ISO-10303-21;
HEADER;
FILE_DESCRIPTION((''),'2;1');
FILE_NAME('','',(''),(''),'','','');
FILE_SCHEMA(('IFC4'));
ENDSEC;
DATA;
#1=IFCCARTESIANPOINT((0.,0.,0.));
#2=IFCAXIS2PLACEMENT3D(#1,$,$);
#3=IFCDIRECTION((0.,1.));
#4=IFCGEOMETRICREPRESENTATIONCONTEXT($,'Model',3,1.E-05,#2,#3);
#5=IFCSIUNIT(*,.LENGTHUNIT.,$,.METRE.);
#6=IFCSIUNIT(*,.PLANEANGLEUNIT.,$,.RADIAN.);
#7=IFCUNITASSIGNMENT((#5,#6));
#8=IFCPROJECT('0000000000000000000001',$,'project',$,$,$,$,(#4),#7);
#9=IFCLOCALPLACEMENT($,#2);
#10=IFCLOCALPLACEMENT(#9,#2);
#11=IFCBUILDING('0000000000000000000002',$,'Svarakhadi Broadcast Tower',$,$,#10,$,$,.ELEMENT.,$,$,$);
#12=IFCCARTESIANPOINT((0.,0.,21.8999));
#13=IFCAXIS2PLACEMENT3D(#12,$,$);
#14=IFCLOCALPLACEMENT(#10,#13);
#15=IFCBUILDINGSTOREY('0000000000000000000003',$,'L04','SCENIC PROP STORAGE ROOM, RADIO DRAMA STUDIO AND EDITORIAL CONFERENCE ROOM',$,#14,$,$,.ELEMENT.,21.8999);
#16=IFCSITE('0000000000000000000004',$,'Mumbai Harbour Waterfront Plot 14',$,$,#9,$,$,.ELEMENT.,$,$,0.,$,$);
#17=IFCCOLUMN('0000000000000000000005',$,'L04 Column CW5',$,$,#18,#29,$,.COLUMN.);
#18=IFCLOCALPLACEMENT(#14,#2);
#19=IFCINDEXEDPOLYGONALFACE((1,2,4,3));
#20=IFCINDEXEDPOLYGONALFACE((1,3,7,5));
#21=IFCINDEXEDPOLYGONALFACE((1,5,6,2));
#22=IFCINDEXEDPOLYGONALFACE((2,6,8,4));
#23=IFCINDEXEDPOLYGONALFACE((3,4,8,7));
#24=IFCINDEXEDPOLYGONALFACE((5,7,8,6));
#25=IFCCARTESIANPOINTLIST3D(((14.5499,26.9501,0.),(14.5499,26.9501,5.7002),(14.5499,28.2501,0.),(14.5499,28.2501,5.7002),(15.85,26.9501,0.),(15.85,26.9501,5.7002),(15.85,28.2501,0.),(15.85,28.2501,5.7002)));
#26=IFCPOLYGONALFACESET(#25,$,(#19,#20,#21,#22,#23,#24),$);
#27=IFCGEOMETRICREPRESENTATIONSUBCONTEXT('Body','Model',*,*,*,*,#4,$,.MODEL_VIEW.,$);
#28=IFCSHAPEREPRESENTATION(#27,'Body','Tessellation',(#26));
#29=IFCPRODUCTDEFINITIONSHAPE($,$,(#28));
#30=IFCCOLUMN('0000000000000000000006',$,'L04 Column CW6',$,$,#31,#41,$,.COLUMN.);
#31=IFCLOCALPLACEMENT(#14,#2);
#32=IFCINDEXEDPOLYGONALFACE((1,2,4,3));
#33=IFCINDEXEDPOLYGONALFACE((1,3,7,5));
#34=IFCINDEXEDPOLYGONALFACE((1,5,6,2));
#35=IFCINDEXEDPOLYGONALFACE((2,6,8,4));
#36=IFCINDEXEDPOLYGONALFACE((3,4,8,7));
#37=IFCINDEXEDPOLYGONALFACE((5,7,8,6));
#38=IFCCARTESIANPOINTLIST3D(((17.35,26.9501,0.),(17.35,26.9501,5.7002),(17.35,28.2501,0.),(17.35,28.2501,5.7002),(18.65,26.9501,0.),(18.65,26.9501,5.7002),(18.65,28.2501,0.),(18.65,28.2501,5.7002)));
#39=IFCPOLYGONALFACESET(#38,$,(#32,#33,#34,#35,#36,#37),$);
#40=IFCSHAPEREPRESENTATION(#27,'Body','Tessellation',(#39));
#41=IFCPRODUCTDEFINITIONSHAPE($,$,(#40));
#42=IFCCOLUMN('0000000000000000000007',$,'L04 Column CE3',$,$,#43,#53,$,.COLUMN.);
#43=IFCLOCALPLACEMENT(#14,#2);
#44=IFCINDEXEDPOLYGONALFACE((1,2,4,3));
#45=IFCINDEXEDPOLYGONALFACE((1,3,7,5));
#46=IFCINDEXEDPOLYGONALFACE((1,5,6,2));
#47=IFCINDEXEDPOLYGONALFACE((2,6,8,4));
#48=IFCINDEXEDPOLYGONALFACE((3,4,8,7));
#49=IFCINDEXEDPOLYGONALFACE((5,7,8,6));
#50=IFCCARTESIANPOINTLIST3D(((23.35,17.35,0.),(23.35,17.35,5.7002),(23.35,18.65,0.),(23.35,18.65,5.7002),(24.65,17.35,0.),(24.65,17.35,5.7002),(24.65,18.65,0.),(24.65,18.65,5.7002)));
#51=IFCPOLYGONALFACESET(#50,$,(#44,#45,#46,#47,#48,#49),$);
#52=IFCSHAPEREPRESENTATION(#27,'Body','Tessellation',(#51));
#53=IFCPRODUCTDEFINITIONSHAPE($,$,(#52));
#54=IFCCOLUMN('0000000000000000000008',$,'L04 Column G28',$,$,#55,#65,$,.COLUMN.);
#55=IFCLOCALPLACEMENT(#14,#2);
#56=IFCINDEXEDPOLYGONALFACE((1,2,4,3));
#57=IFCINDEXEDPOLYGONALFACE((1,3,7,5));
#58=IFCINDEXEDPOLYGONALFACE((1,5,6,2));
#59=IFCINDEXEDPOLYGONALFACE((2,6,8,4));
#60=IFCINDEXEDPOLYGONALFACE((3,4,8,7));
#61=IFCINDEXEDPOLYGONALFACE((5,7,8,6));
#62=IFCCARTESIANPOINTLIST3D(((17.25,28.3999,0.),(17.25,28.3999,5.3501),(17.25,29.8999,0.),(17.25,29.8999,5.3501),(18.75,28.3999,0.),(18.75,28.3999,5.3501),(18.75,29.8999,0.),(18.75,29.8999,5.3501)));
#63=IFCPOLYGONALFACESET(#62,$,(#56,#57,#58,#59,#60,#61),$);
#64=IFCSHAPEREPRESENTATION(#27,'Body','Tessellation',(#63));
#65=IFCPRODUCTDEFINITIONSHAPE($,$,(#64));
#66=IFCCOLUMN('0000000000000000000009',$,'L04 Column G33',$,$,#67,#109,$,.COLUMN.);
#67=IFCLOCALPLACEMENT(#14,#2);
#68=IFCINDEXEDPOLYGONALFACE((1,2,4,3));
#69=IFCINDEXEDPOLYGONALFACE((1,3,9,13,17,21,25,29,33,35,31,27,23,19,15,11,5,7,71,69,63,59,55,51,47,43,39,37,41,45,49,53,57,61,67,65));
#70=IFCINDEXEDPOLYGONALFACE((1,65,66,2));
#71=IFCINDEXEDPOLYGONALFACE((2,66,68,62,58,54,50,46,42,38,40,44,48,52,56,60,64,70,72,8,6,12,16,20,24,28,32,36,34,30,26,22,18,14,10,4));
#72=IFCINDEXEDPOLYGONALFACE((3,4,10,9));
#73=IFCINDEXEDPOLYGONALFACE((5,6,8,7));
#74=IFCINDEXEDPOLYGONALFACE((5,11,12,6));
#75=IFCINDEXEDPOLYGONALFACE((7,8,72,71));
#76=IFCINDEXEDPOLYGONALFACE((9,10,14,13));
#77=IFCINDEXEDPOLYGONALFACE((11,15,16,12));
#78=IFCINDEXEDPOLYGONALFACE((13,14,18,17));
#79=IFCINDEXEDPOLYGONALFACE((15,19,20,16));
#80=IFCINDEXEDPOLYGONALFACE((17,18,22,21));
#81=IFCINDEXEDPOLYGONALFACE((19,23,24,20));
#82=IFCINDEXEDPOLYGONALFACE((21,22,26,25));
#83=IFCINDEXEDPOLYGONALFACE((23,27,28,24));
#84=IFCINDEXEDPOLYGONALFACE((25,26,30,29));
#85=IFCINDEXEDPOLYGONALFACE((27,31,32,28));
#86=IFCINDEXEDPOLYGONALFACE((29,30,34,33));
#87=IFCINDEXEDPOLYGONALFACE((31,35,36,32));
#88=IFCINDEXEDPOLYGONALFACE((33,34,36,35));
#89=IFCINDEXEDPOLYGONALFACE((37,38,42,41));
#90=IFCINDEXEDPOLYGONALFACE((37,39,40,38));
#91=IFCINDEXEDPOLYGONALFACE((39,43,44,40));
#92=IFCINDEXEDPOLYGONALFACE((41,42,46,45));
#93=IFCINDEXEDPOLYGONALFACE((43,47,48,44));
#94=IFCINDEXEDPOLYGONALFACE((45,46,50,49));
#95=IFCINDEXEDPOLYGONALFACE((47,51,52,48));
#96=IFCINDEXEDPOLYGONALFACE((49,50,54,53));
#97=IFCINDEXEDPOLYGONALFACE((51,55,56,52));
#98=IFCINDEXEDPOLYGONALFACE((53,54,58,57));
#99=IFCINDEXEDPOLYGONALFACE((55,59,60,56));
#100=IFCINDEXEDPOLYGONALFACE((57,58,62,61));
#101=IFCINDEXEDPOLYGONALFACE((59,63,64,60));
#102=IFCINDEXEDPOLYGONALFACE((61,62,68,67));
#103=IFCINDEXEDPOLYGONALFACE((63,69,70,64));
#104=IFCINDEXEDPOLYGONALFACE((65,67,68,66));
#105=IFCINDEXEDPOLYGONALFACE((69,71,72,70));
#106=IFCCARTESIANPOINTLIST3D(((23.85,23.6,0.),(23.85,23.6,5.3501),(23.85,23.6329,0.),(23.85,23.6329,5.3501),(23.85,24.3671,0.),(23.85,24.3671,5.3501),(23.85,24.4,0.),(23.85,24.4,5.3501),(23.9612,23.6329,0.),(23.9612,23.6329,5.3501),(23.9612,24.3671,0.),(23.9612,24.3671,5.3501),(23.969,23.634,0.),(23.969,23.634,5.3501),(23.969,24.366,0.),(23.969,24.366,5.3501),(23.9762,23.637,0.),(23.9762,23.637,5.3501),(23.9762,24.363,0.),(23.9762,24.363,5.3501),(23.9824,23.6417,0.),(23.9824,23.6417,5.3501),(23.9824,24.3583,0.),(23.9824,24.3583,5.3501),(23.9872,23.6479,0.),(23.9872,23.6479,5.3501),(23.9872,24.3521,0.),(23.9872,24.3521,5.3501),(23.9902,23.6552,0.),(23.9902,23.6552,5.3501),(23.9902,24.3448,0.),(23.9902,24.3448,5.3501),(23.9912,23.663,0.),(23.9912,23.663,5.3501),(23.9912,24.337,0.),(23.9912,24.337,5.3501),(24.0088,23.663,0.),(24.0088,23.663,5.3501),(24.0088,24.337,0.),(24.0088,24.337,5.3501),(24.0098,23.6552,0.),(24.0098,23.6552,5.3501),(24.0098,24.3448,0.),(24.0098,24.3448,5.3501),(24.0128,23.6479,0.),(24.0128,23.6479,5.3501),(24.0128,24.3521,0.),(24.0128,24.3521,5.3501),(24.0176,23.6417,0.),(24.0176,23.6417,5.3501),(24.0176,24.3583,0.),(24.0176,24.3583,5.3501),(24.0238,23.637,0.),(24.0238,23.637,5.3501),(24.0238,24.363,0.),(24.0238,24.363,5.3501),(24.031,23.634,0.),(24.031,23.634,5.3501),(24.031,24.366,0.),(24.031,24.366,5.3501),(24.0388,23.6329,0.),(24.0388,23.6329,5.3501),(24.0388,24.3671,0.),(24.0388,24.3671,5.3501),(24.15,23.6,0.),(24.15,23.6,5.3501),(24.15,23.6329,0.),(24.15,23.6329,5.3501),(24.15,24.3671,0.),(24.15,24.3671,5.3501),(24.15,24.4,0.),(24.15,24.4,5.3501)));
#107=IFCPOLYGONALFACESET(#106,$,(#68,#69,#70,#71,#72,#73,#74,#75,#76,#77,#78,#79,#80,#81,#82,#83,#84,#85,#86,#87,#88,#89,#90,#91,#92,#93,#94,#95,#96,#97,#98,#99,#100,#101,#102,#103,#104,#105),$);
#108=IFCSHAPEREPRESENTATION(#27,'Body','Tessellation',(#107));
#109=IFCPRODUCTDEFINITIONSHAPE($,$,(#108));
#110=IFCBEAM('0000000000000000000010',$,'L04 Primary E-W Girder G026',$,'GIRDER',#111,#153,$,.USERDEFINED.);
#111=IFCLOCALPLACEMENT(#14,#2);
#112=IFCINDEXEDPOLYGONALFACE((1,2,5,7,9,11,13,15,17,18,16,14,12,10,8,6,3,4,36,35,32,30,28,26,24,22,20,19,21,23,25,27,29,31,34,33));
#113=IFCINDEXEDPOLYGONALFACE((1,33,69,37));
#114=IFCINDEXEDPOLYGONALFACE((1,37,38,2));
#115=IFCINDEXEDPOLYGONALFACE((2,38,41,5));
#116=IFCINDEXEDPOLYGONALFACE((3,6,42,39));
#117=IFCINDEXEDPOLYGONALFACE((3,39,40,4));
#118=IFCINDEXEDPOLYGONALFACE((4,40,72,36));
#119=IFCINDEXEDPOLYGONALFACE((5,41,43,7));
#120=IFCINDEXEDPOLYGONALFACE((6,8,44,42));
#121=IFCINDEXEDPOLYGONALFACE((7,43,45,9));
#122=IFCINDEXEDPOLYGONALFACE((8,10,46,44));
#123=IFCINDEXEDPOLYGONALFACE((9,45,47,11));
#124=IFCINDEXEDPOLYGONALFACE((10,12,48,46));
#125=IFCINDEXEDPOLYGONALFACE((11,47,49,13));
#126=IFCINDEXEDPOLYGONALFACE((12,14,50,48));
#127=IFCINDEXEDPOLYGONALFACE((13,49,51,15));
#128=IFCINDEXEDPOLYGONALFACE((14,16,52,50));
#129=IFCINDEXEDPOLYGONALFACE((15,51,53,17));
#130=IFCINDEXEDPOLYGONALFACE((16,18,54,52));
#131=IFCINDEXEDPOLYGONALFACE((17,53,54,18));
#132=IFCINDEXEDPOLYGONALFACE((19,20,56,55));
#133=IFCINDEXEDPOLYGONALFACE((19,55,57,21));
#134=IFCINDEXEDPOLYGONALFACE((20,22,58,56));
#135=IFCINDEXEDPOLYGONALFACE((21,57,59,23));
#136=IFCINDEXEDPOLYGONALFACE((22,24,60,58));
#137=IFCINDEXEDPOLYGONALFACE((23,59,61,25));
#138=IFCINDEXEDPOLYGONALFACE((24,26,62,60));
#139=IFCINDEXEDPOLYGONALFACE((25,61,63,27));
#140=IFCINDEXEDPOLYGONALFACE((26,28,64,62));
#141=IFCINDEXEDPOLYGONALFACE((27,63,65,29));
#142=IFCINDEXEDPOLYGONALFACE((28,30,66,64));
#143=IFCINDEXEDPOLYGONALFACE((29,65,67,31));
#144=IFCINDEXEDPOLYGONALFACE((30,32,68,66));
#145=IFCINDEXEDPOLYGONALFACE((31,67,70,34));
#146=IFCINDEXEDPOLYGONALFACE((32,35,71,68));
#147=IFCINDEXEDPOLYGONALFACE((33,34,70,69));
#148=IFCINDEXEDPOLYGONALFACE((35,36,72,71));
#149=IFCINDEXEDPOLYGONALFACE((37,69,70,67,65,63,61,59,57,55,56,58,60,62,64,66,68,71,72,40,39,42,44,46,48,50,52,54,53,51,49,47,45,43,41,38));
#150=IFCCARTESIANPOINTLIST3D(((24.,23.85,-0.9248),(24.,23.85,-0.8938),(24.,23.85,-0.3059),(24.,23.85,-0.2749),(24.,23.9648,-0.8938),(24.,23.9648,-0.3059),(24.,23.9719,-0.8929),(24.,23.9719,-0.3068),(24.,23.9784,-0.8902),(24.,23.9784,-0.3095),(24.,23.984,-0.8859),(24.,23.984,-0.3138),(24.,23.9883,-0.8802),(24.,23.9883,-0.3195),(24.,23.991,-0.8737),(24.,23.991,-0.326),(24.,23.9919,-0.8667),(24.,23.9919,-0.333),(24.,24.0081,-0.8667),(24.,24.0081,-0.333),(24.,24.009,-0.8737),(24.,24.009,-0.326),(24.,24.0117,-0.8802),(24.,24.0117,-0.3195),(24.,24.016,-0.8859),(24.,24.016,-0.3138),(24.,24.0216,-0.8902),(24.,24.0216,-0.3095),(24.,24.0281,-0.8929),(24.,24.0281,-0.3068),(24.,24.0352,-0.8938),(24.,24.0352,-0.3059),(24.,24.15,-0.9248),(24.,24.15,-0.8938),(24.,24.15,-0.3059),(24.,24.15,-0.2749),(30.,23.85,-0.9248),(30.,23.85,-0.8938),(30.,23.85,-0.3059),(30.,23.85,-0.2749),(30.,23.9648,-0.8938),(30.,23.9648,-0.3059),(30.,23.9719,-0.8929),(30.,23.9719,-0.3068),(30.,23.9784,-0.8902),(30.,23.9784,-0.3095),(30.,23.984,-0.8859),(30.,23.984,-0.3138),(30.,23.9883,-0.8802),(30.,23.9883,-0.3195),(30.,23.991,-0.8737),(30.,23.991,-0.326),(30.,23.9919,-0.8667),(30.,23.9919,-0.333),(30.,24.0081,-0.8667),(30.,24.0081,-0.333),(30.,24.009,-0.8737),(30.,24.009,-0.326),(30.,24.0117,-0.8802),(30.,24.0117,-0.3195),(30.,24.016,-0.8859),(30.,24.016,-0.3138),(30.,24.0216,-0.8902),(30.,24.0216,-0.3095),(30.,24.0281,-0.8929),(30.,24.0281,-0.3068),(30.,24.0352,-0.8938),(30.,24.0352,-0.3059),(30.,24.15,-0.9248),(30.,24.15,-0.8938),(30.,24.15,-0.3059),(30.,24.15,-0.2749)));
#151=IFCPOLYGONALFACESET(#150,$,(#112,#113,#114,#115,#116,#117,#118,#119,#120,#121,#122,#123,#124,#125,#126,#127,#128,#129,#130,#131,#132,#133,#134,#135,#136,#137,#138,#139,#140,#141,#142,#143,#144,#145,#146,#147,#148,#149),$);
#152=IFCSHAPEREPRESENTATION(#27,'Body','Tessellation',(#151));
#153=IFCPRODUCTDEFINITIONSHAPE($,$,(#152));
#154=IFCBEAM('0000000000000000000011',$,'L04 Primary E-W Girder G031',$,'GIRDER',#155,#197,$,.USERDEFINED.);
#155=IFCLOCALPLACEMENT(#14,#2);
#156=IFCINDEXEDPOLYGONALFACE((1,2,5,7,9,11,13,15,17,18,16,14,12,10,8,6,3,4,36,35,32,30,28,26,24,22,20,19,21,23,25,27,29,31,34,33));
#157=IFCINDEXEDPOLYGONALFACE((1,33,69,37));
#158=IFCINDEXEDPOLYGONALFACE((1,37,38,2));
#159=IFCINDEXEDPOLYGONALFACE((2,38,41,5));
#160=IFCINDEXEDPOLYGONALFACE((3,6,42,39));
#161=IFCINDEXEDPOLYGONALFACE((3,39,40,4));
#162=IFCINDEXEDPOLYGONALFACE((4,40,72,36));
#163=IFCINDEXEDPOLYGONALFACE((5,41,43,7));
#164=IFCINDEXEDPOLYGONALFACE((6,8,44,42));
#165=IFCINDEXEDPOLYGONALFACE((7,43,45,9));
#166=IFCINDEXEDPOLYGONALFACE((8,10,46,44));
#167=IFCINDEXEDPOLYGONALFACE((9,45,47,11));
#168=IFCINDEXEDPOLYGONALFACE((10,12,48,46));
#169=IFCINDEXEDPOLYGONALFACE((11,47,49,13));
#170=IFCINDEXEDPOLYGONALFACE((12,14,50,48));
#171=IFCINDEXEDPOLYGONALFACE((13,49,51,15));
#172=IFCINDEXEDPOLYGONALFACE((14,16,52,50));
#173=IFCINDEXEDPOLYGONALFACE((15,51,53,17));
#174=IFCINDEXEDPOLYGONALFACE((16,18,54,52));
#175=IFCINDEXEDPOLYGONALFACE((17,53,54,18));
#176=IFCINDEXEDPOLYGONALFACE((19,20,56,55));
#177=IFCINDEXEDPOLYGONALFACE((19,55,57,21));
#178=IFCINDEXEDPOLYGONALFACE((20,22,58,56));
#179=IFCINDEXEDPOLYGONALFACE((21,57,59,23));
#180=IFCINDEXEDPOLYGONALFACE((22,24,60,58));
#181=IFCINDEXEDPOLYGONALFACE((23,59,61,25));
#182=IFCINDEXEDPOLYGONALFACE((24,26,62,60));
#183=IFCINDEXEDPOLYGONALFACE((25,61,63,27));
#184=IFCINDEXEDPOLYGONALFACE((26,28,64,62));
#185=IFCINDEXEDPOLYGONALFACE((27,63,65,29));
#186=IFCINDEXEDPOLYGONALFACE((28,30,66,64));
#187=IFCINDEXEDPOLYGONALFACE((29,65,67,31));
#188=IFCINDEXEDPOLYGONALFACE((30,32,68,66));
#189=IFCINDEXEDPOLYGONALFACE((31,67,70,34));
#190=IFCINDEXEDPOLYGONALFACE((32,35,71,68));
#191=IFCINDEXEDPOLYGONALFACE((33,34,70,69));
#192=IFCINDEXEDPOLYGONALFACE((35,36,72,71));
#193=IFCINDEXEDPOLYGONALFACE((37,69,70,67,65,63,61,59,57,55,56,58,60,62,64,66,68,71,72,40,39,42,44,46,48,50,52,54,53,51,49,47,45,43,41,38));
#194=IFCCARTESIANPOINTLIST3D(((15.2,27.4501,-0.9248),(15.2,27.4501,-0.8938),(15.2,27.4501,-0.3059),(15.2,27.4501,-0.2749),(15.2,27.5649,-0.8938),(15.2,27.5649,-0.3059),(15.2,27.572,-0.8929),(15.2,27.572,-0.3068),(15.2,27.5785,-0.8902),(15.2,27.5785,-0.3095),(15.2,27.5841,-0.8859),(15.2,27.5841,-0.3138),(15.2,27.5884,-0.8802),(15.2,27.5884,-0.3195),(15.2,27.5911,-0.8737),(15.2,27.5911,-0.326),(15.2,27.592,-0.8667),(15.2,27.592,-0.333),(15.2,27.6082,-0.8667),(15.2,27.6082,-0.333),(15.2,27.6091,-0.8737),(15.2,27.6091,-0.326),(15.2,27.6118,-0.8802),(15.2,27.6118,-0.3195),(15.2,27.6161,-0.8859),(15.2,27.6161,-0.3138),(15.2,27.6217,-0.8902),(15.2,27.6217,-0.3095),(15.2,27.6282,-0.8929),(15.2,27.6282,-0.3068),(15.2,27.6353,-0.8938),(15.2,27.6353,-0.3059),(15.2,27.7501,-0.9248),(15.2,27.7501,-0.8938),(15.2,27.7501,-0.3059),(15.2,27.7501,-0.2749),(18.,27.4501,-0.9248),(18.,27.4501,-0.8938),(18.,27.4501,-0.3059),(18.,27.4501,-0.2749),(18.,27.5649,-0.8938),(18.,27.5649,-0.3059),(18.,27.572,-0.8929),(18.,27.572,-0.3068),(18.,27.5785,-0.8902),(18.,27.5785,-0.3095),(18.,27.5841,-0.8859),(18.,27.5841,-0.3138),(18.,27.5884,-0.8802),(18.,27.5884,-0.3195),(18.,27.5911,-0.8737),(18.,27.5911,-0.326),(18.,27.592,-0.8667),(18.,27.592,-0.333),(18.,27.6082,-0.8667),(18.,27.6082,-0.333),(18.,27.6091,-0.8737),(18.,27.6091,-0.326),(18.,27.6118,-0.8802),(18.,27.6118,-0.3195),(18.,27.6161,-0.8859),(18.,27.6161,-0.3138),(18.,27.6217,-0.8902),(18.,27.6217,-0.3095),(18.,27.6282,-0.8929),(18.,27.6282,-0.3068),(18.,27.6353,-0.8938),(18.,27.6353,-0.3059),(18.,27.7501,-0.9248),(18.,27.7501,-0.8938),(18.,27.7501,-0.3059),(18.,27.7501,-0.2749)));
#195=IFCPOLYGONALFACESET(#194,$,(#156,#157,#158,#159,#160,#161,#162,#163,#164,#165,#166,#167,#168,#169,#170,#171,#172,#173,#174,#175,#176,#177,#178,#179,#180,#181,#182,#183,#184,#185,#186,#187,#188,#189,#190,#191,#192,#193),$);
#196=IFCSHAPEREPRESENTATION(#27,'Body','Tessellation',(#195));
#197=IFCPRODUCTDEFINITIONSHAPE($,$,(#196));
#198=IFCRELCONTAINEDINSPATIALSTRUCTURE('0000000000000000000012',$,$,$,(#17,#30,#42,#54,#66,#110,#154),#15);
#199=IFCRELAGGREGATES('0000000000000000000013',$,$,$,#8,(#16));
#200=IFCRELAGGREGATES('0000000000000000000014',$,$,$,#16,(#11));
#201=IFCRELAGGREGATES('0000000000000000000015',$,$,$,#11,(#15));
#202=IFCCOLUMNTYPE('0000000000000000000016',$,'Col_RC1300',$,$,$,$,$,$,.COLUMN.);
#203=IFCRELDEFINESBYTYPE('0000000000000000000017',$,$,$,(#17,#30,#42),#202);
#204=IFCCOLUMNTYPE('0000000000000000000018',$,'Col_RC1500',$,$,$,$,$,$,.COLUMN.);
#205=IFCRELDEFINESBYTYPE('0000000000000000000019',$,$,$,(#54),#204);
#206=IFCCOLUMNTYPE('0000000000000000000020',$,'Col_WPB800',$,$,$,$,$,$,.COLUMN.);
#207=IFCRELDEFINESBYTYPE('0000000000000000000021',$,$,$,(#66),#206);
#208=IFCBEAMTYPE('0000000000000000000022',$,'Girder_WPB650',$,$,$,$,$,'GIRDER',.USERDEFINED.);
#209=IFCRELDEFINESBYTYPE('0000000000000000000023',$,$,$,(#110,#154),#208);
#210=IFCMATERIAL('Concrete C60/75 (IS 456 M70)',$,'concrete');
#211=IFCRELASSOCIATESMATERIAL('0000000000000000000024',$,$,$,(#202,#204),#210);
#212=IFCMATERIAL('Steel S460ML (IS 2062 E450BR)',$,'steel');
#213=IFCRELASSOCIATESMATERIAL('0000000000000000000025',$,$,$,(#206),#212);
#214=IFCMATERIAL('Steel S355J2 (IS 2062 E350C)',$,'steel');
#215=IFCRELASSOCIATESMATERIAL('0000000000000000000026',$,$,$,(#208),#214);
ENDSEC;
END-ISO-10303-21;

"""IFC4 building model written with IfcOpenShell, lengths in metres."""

from ifc_helpers import new_model, si_unit, direction, frame, origin, origin_2d, place, context, subcontext, project, spatial, rectangle, i_section, extrude, material, material_profile, profile_set, type_object, element, save


model = new_model("IFC4")

# Units and contexts
model_context = context("Model", 3, precision=1e-05, world=origin(), true_north=direction((0.0, 1.0)))
body_context = subcontext(model_context, "Body", "Model", "MODEL_VIEW")
ifc_project = project(units=[si_unit("LENGTHUNIT", "METRE"), si_unit("PLANEANGLEUNIT", "RADIAN")], contexts=[model_context])

# Site, building, storey
site_placement = place(None, origin())
site = spatial("IfcSite", under=ifc_project, at=site_placement, Name="Mumbai Harbour Waterfront Plot 14", CompositionType="ELEMENT", RefElevation=0.0)
building_placement = place(site_placement, origin())
building = spatial("IfcBuilding", under=site, at=building_placement, Name="Svarakhadi Broadcast Tower", CompositionType="ELEMENT")
storey_placement = place(building_placement, frame((0.0, 0.0, 21.8999)))
storey = spatial("IfcBuildingStorey", under=building, at=storey_placement, Name="L04", Description="SCENIC PROP STORAGE ROOM, RADIO DRAMA STUDIO AND EDITORIAL CONFERENCE ROOM", CompositionType="ELEMENT", Elevation=21.8999)

# Columns
ifc_material_1 = material(Name="Concrete C60/75 (IS 456 M70)", Category="concrete")
ifc_material_profile_1 = material_profile(ifc_material_1, rectangle(XDim=1.3, YDim=1.3, at=origin_2d()), Name="RC 1300x1300")
ifc_profile_set_1 = profile_set([ifc_material_profile_1], Name="Concrete C60/75 (IS 456 M70)")
column_type_1 = type_object("IfcColumnType", Name="Col_RC1300", PredefinedType="COLUMN", material=ifc_profile_set_1)
for number, where, z_axis, x_axis, name in (
    (1, (15.2, 27.6001, 0.0), (0.0, 0.0, 1.0), (1.0, 0.0, 0.0), "L04 Column CW5"),
    (2, (18.0, 27.6001, 0.0), (0.0, 0.0, 1.0), (1.0, 0.0, 0.0), "L04 Column CW6"),
    (3, (24.0, 18.0, 0.0), (0.0, 0.0, 1.0), (1.0, 0.0, 0.0), "L04 Column CE3"),
):
    element("IfcColumn", number, at=place(storey_placement, frame(where, z_axis=z_axis, x_axis=x_axis)), inside=storey, type_object=column_type_1, Name=name, PredefinedType="COLUMN", context=body_context, shape_type="SweptSolid", body=[
        extrude(rectangle(XDim=1.3, YDim=1.3, at=origin_2d()), origin(), (0.0, 0.0, 1.0), 5.7002),
    ])
ifc_material_profile_2 = material_profile(ifc_material_1, rectangle(XDim=1.5, YDim=1.5, at=origin_2d()), Name="RC 1500x1500")
ifc_profile_set_2 = profile_set([ifc_material_profile_2], Name="Concrete C60/75 (IS 456 M70)")
column_type_2 = type_object("IfcColumnType", Name="Col_RC1500", PredefinedType="COLUMN", material=ifc_profile_set_2)
column_1_placement = place(storey_placement, frame((18.0, 29.1499, 0.0), z_axis=(0.0, 0.0, 1.0), x_axis=(1.0, 0.0, 0.0)))
element("IfcColumn", 4, at=column_1_placement, inside=storey, type_object=column_type_2, Name="L04 Column G28", PredefinedType="COLUMN", context=body_context, shape_type="SweptSolid", body=[
    extrude(rectangle(XDim=1.5, YDim=1.5, at=origin_2d()), origin(), (0.0, 0.0, 1.0), 5.3501),
])
ifc_material_2 = material(Name="Steel S460ML (IS 2062 E450BR)", Category="steel")
ifc_material_profile_3 = material_profile(ifc_material_2, i_section(OverallWidth=0.3, OverallDepth=0.8, WebThickness=0.0176, FlangeThickness=0.033, FilletRadius=0.03, at=origin_2d()), Name="WPB 800x300x262")
ifc_profile_set_3 = profile_set([ifc_material_profile_3], Name="Steel S460ML (IS 2062 E450BR)")
column_type_3 = type_object("IfcColumnType", Name="Col_WPB800", PredefinedType="COLUMN", material=ifc_profile_set_3)
column_2_placement = place(storey_placement, frame((24.0, 24.0, 0.0), z_axis=(0.0, 0.0, 1.0), x_axis=(1.0, 0.0, 0.0)))
element("IfcColumn", 5, at=column_2_placement, inside=storey, type_object=column_type_3, Name="L04 Column G33", PredefinedType="COLUMN", context=body_context, shape_type="SweptSolid", body=[
    extrude(i_section(OverallWidth=0.3, OverallDepth=0.8, WebThickness=0.0176, FlangeThickness=0.033, FilletRadius=0.03, at=origin_2d()), origin(), (0.0, 0.0, 1.0), 5.3501),
])

# Beams
ifc_material_3 = material(Name="Steel S355J2 (IS 2062 E350C)", Category="steel")
ifc_material_profile_4 = material_profile(ifc_material_3, i_section(OverallWidth=0.3, OverallDepth=0.6499, WebThickness=0.0161, FlangeThickness=0.031, FilletRadius=0.0271, at=origin_2d()), Name="WPB 650x300x225")
ifc_profile_set_4 = profile_set([ifc_material_profile_4], Name="Steel S355J2 (IS 2062 E350C)")
beam_type_1 = type_object("IfcBeamType", Name="Girder_WPB650", ElementType="GIRDER", PredefinedType="USERDEFINED", material=ifc_profile_set_4)
beam_1_placement = place(storey_placement, frame((24.0, 24.0, -0.5999), z_axis=(1.0, 0.0, 0.0), x_axis=(0.0, 1.0, 0.0)))
element("IfcBeam", 6, at=beam_1_placement, inside=storey, type_object=beam_type_1, Name="L04 Primary E-W Girder G026", ObjectType="GIRDER", PredefinedType="USERDEFINED", context=body_context, shape_type="SweptSolid", body=[
    extrude(i_section(OverallWidth=0.3, OverallDepth=0.6499, WebThickness=0.0161, FlangeThickness=0.031, FilletRadius=0.0271, at=origin_2d()), origin(), (0.0, 0.0, 1.0), 6.0),
])
beam_2_placement = place(storey_placement, frame((15.2, 27.6001, -0.5999), z_axis=(1.0, 0.0, 0.0), x_axis=(0.0, 1.0, 0.0)))
element("IfcBeam", 7, at=beam_2_placement, inside=storey, type_object=beam_type_1, Name="L04 Primary E-W Girder G031", ObjectType="GIRDER", PredefinedType="USERDEFINED", context=body_context, shape_type="SweptSolid", body=[
    extrude(i_section(OverallWidth=0.3, OverallDepth=0.6499, WebThickness=0.0161, FlangeThickness=0.031, FilletRadius=0.0271, at=origin_2d()), origin(), (0.0, 0.0, 1.0), 2.8),
])

save(model, "model.ifc")
